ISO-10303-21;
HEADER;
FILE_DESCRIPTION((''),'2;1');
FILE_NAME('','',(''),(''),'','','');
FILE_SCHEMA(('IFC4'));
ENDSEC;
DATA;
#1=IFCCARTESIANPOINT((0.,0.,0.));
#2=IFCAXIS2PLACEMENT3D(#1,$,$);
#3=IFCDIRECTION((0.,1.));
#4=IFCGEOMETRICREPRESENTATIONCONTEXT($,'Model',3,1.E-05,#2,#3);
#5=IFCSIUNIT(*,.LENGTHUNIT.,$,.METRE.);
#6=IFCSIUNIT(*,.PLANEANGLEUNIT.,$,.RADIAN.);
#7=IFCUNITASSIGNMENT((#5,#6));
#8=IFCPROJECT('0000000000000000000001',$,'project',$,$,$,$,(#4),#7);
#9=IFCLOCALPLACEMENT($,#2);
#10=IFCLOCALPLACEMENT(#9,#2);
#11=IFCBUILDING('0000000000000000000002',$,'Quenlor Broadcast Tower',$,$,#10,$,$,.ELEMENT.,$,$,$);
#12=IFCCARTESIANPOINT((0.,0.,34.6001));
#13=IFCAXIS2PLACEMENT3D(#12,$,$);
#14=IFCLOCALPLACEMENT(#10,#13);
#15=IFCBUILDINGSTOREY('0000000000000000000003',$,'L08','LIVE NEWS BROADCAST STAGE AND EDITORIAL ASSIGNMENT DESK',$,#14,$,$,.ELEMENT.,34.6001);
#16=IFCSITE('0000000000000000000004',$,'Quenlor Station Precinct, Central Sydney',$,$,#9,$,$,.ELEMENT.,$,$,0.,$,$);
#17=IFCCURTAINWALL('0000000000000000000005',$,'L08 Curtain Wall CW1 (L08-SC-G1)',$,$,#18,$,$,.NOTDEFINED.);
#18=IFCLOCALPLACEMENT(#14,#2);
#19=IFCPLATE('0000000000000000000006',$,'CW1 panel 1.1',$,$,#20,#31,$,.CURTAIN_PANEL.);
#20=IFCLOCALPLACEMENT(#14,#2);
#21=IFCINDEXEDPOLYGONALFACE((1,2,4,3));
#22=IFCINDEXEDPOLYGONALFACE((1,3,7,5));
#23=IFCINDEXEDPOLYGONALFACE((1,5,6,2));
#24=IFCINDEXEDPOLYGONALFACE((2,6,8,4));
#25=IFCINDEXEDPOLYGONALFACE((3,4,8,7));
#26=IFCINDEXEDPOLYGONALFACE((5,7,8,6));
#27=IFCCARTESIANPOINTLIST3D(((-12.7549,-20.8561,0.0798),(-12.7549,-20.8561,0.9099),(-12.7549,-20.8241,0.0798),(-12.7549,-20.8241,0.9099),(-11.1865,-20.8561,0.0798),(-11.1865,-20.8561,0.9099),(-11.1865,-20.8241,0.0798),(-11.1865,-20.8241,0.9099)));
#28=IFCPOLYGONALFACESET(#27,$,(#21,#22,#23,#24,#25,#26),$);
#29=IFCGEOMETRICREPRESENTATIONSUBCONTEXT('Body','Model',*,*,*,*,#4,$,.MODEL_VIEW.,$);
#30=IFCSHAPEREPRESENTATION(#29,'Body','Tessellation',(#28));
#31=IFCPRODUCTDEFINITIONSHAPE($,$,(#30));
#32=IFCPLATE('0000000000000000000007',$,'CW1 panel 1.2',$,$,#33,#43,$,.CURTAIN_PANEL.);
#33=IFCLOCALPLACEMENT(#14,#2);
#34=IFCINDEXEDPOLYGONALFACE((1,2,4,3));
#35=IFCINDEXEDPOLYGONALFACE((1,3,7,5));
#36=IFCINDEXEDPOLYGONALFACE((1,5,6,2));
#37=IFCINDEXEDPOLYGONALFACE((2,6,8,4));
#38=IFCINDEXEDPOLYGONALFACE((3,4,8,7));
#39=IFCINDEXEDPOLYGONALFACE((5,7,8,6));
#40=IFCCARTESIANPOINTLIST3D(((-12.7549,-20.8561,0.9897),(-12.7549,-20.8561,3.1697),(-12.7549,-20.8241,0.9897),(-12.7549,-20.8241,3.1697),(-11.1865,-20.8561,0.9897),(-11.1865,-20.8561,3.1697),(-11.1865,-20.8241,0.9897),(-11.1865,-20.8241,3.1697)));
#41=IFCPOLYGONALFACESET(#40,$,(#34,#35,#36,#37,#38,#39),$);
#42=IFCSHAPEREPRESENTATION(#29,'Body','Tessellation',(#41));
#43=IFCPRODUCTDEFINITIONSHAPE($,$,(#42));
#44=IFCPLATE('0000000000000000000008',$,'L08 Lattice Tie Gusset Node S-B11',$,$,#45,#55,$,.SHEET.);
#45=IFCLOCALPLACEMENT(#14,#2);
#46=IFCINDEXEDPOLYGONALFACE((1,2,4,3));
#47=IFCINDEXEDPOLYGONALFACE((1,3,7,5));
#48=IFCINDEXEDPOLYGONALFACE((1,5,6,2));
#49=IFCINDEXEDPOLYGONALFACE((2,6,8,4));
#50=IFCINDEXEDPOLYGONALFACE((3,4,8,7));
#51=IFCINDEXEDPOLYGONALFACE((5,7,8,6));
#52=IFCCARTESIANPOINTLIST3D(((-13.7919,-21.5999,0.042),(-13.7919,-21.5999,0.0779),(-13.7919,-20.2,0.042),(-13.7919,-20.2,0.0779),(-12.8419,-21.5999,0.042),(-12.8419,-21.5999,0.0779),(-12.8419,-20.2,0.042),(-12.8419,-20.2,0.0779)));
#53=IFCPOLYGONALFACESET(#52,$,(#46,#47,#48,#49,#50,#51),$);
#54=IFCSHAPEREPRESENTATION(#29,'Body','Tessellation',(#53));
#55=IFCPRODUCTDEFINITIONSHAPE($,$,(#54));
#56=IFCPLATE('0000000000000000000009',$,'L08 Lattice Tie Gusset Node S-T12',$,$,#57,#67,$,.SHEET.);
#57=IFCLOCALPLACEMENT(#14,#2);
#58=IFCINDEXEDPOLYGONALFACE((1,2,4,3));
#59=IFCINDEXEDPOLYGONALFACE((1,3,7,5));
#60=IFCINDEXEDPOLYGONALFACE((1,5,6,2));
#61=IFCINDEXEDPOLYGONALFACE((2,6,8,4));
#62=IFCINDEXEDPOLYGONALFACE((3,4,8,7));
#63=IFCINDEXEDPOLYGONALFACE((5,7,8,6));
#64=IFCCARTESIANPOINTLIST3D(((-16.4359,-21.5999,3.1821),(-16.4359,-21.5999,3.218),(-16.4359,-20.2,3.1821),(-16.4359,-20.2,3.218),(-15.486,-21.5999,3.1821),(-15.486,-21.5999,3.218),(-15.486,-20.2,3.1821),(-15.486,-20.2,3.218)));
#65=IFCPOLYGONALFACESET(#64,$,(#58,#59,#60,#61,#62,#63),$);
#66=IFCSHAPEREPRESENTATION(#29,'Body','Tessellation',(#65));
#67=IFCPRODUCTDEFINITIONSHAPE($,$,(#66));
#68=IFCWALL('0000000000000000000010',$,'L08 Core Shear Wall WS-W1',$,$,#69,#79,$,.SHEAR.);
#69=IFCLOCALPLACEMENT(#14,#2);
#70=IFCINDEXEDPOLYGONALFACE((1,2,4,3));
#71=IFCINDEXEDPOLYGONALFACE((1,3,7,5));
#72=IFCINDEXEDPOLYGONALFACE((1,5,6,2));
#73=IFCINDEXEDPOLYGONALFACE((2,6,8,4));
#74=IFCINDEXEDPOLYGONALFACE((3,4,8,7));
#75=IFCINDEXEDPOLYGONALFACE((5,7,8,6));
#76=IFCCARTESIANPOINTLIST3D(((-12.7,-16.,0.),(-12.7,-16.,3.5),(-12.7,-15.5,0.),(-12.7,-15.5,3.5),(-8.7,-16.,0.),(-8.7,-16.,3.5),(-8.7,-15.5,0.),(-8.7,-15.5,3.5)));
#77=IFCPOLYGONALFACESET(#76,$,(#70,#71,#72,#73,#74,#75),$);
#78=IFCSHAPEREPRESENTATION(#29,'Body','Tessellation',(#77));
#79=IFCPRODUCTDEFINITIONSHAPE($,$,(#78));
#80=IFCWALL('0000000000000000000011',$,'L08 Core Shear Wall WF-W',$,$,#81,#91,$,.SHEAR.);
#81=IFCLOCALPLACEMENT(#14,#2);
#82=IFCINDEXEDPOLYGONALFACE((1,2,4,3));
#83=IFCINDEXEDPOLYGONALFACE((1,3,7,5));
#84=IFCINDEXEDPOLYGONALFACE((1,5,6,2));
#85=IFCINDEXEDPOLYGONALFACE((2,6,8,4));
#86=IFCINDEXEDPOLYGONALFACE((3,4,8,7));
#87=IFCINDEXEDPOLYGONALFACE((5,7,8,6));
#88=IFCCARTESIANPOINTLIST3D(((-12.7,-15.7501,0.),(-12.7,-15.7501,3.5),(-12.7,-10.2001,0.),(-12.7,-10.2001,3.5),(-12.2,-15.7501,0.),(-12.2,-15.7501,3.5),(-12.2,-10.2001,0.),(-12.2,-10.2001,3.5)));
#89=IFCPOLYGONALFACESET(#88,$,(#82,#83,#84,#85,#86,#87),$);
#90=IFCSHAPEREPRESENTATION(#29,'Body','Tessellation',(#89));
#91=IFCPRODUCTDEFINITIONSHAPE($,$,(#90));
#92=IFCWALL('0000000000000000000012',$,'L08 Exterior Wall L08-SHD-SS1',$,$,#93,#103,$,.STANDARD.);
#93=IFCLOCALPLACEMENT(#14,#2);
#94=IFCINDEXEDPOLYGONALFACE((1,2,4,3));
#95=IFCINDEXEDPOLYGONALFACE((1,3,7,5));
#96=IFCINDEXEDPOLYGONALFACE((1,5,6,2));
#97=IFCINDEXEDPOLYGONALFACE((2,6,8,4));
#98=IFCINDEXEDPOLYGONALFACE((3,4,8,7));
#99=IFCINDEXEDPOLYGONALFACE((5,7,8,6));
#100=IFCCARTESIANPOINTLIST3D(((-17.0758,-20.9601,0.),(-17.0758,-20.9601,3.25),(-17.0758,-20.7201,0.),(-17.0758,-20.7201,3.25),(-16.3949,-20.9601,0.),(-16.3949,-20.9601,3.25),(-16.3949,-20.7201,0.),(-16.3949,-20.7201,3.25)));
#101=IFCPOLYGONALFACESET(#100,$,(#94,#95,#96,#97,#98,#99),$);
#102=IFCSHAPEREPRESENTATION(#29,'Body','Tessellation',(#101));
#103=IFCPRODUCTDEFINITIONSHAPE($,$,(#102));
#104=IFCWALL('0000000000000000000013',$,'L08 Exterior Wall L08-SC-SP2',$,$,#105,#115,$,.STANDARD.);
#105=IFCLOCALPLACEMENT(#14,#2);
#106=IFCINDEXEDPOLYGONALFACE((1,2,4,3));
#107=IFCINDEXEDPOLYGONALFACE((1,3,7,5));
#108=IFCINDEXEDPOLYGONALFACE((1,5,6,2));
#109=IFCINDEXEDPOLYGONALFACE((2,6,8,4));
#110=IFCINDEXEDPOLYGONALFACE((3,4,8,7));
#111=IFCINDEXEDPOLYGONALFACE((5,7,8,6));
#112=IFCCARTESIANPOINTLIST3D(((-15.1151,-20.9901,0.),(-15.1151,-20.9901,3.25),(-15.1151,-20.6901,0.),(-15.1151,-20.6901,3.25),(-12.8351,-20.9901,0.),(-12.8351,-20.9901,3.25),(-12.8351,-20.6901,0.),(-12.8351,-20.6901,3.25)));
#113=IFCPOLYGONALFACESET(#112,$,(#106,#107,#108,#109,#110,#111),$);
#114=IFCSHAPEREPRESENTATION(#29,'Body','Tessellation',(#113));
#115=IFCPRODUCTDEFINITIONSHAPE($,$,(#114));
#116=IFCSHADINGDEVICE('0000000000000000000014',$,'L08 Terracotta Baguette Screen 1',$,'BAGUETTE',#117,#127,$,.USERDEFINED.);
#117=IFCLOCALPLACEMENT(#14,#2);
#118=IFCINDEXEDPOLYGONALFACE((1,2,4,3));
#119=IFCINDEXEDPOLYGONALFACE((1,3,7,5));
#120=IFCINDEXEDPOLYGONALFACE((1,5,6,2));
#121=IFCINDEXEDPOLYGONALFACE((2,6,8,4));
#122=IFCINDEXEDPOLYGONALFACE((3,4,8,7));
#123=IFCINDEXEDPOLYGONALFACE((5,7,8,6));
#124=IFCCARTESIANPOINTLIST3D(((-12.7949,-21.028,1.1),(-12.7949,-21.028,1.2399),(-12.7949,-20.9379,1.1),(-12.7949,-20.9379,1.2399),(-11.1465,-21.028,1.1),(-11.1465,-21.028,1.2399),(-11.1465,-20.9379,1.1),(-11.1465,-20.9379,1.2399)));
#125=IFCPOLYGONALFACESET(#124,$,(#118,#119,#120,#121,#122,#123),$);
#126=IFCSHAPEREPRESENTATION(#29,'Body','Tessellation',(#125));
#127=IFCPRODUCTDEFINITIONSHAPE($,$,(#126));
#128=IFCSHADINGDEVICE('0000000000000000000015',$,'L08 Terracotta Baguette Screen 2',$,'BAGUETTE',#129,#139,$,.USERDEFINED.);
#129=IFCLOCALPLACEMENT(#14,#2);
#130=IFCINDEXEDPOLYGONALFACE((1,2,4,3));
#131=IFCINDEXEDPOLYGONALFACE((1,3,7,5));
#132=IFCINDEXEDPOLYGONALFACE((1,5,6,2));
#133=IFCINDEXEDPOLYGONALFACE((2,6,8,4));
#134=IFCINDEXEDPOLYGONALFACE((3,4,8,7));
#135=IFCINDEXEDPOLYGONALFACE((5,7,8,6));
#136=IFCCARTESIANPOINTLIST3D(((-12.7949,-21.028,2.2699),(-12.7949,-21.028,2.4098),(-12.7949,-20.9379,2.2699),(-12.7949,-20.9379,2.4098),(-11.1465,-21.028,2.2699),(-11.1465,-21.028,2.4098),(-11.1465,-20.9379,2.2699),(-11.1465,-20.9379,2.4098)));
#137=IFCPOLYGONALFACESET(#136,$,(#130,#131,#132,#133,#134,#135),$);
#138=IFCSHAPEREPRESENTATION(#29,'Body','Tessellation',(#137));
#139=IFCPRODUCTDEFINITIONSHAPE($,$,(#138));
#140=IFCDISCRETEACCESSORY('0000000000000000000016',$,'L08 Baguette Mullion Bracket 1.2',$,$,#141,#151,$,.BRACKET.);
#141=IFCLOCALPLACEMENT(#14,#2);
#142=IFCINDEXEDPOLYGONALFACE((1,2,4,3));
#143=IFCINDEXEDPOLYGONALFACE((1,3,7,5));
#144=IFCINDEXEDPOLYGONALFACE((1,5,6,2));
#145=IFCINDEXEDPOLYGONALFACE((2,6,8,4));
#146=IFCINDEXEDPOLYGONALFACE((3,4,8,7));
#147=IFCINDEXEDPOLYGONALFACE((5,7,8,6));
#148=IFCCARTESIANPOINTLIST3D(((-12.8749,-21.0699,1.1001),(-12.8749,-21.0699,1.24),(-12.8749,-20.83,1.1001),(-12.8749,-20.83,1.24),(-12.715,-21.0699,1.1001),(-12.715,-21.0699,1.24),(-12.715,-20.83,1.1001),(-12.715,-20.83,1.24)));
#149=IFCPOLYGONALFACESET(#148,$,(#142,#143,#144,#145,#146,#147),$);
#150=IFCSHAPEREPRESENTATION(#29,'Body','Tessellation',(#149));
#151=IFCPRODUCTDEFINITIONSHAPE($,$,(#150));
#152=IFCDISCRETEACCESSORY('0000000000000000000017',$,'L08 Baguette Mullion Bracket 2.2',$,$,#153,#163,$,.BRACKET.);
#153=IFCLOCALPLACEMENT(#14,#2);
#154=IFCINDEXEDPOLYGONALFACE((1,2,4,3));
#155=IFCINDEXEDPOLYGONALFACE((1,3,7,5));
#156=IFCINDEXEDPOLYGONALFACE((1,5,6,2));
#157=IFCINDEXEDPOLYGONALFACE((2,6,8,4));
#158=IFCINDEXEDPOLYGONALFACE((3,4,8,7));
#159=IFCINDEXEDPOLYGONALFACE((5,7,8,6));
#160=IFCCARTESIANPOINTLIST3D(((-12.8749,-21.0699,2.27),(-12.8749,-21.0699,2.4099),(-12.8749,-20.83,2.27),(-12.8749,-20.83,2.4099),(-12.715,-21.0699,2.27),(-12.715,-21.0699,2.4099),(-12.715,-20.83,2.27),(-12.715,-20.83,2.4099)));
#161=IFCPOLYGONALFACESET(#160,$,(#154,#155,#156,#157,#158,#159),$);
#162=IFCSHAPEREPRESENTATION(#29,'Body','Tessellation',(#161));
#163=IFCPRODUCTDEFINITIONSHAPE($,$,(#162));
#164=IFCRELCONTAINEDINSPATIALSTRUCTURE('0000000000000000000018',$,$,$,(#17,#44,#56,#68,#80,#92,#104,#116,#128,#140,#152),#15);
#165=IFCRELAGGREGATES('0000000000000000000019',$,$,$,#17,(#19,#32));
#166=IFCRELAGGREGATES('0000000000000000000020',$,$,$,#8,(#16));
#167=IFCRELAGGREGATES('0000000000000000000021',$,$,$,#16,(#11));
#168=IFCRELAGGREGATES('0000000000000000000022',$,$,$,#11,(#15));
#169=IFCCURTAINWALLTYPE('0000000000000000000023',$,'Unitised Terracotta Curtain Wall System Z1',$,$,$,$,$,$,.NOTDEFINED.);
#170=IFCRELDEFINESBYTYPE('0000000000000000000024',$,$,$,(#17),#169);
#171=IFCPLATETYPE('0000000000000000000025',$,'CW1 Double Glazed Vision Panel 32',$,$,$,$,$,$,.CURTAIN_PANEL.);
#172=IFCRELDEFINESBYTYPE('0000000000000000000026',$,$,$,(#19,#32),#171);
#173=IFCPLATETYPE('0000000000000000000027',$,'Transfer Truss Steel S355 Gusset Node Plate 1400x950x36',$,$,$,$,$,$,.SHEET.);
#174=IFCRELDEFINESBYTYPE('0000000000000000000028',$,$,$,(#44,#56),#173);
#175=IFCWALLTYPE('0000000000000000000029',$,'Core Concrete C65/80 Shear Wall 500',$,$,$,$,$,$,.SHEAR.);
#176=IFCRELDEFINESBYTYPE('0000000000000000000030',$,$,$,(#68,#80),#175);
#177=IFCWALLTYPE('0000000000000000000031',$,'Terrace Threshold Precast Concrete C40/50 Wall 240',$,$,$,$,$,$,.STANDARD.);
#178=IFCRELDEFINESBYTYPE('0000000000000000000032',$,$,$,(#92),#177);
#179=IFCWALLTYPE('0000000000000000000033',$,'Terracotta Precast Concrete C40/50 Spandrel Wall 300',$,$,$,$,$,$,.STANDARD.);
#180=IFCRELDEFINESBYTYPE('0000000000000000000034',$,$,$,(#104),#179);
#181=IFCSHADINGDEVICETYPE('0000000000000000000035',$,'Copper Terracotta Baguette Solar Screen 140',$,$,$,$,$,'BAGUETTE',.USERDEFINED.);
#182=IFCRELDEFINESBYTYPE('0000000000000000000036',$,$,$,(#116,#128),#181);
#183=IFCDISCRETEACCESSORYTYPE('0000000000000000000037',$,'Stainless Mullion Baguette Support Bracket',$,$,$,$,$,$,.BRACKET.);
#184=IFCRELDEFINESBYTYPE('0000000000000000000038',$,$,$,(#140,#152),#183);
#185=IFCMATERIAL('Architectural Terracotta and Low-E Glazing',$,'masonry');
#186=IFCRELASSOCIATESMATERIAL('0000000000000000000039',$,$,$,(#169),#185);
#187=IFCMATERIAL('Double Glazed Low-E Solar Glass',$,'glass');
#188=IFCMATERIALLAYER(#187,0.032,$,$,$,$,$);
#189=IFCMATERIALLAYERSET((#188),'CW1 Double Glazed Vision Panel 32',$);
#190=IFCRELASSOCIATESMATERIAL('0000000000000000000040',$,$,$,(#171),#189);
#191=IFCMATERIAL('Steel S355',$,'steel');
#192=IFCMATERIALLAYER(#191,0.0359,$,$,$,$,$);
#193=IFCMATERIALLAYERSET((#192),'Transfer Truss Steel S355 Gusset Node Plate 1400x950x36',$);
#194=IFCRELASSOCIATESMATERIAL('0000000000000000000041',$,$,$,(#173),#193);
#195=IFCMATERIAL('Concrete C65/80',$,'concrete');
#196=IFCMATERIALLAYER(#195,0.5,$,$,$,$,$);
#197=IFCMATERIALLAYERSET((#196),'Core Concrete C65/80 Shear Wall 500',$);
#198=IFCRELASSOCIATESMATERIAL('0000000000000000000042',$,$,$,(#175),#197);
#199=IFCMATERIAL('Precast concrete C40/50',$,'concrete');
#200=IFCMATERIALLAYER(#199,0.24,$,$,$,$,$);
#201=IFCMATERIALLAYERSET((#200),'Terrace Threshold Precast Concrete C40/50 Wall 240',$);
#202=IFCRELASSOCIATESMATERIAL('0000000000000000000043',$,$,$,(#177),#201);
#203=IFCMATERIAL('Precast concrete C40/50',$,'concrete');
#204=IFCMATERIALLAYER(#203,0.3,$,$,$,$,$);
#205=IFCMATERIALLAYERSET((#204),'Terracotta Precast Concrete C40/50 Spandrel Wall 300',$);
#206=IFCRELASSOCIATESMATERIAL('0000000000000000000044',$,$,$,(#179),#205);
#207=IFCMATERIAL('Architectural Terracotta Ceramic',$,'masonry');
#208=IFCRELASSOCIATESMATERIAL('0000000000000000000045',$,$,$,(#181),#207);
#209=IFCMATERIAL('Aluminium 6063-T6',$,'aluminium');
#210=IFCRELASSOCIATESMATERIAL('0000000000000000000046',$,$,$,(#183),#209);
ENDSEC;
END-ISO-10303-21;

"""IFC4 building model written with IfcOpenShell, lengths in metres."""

from ifc_helpers import new_model, si_unit, direction, frame, frame_2d, origin, origin_2d, place, context, subcontext, project, spatial, rectangle, extrude, material, layer, layer_set, material_profile, profile_set, type_object, element, aggregate, save


model = new_model("IFC4")

# Units and contexts
model_context = context("Model", 3, precision=1e-05, world=origin(), true_north=direction((0.0, 1.0)))
body_context = subcontext(model_context, "Body", "Model", "MODEL_VIEW")
ifc_project = project(units=[si_unit("LENGTHUNIT", "METRE"), si_unit("PLANEANGLEUNIT", "RADIAN")], contexts=[model_context])

# Site, building, storey
site_placement = place(None, origin())
site = spatial("IfcSite", under=ifc_project, at=site_placement, Name="Quenlor Station Precinct, Central Sydney", CompositionType="ELEMENT", RefElevation=0.0)
building_placement = place(site_placement, origin())
building = spatial("IfcBuilding", under=site, at=building_placement, Name="Quenlor Broadcast Tower", CompositionType="ELEMENT")
storey_placement = place(building_placement, frame((0.0, 0.0, 34.6001)))
storey = spatial("IfcBuildingStorey", under=building, at=storey_placement, Name="L08", Description="LIVE NEWS BROADCAST STAGE AND EDITORIAL ASSIGNMENT DESK", CompositionType="ELEMENT", Elevation=34.6001)

# Curtain wall
ifc_material_1 = material(Name="Architectural Terracotta and Low-E Glazing", Category="masonry")
curtain_wall_type = type_object("IfcCurtainWallType", Name="Unitised Terracotta Curtain Wall System Z1", PredefinedType="NOTDEFINED", material=ifc_material_1)
curtain_wall_placement = place(storey_placement, origin())
curtain_wall = element("IfcCurtainWall", 1, at=curtain_wall_placement, inside=storey, type_object=curtain_wall_type, Name="L08 Curtain Wall CW1 (L08-SC-G1)", PredefinedType="NOTDEFINED")

# Plates
ifc_material_2 = material(Name="Double Glazed Low-E Solar Glass", Category="glass")
ifc_layer_1 = layer(ifc_material_2, 0.032)
ifc_layer_set_1 = layer_set([ifc_layer_1], Name="CW1 Double Glazed Vision Panel 32")
plate_type_1 = type_object("IfcPlateType", Name="CW1 Double Glazed Vision Panel 32", PredefinedType="CURTAIN_PANEL", material=ifc_layer_set_1)
plate_1_placement = place(storey_placement, frame((-11.9707, -20.8401, 0.0798), z_axis=(0.0, 0.0, 1.0), x_axis=(-1.0, 0.0, 0.0)))
plate_1 = element("IfcPlate", 2, at=plate_1_placement, type_object=plate_type_1, Name="CW1 panel 1.1", PredefinedType="CURTAIN_PANEL", context=body_context, shape_type="SweptSolid", body=[
    extrude(rectangle(XDim=1.5684, YDim=0.032, at=origin_2d()), origin(), (0.0, 0.0, 1.0), 0.8301),
])
plate_2_placement = place(storey_placement, frame((-11.9707, -20.8401, 0.9897), z_axis=(0.0, 0.0, 1.0), x_axis=(-1.0, 0.0, 0.0)))
plate_2 = element("IfcPlate", 3, at=plate_2_placement, type_object=plate_type_1, Name="CW1 panel 1.2", PredefinedType="CURTAIN_PANEL", context=body_context, shape_type="SweptSolid", body=[
    extrude(rectangle(XDim=1.5684, YDim=0.032, at=origin_2d()), origin(), (0.0, 0.0, 1.0), 2.1799),
])
aggregate(curtain_wall, [plate_1, plate_2])

# Plates
ifc_material_3 = material(Name="Steel S355", Category="steel")
ifc_layer_2 = layer(ifc_material_3, 0.0359)
ifc_layer_set_2 = layer_set([ifc_layer_2], Name="Transfer Truss Steel S355 Gusset Node Plate 1400x950x36")
plate_type_2 = type_object("IfcPlateType", Name="Transfer Truss Steel S355 Gusset Node Plate 1400x950x36", PredefinedType="SHEET", material=ifc_layer_set_2)
for number, where, z_axis, x_axis, name in (
    (4, (-13.3169, -20.8999, 0.042), (0.0, 0.0, 1.0), (0.0, -1.0, 0.0), "L08 Lattice Tie Gusset Node S-B11"),
    (5, (-15.9609, -20.8999, 3.1821), (0.0, 0.0, 1.0), (0.0, -1.0, 0.0), "L08 Lattice Tie Gusset Node S-T12"),
):
    element("IfcPlate", number, at=place(storey_placement, frame(where, z_axis=z_axis, x_axis=x_axis)), inside=storey, type_object=plate_type_2, Name=name, PredefinedType="SHEET", context=body_context, shape_type="SweptSolid", body=[
        extrude(rectangle(XDim=1.3999, YDim=0.95, at=origin_2d()), origin(), (0.0, 0.0, 1.0), 0.0359),
    ])

# Walls
ifc_material_4 = material(Name="Concrete C65/80", Category="concrete")
ifc_layer_3 = layer(ifc_material_4, 0.5)
ifc_layer_set_3 = layer_set([ifc_layer_3], Name="Core Concrete C65/80 Shear Wall 500")
wall_type_1 = type_object("IfcWallType", Name="Core Concrete C65/80 Shear Wall 500", PredefinedType="SHEAR", material=ifc_layer_set_3)
wall_1_placement = place(storey_placement, frame((-12.7, -15.75, 0.0), z_axis=(0.0, 0.0, 1.0), x_axis=(1.0, 0.0, 0.0)))
element("IfcWall", 6, at=wall_1_placement, inside=storey, type_object=wall_type_1, Name="L08 Core Shear Wall WS-W1", PredefinedType="SHEAR", context=body_context, shape_type="SweptSolid", body=[
    extrude(rectangle(XDim=4.0, YDim=0.5, at=frame_2d((2.0, 0.0))), origin(), (0.0, 0.0, 1.0), 3.5),
])
wall_2_placement = place(storey_placement, frame((-12.45, -15.75, 0.0), z_axis=(0.0, 0.0, 1.0), x_axis=(0.0, 1.0, 0.0)))
element("IfcWall", 7, at=wall_2_placement, inside=storey, type_object=wall_type_1, Name="L08 Core Shear Wall WF-W", PredefinedType="SHEAR", context=body_context, shape_type="SweptSolid", body=[
    extrude(rectangle(XDim=5.55, YDim=0.5, at=frame_2d((2.7749, 0.0))), origin(), (0.0, 0.0, 1.0), 3.5),
])
ifc_material_5 = material(Name="Precast concrete C40/50", Category="concrete")
ifc_layer_4 = layer(ifc_material_5, 0.24)
ifc_layer_set_4 = layer_set([ifc_layer_4], Name="Terrace Threshold Precast Concrete C40/50 Wall 240")
wall_type_2 = type_object("IfcWallType", Name="Terrace Threshold Precast Concrete C40/50 Wall 240", PredefinedType="STANDARD", material=ifc_layer_set_4)
wall_3_placement = place(storey_placement, frame((-16.395, -20.8401, 0.0), z_axis=(0.0, 0.0, 1.0), x_axis=(-1.0, 0.0, 0.0)))
element("IfcWall", 8, at=wall_3_placement, inside=storey, type_object=wall_type_2, Name="L08 Exterior Wall L08-SHD-SS1", PredefinedType="STANDARD", context=body_context, shape_type="SweptSolid", body=[
    extrude(rectangle(XDim=0.6809, YDim=0.24, at=frame_2d((0.3403, 0.0))), origin(), (0.0, 0.0, 1.0), 3.25),
])
ifc_material_6 = material(Name="Precast concrete C40/50", Category="concrete")
ifc_layer_5 = layer(ifc_material_6, 0.3)
ifc_layer_set_5 = layer_set([ifc_layer_5], Name="Terracotta Precast Concrete C40/50 Spandrel Wall 300")
wall_type_3 = type_object("IfcWallType", Name="Terracotta Precast Concrete C40/50 Spandrel Wall 300", PredefinedType="STANDARD", material=ifc_layer_set_5)
wall_4_placement = place(storey_placement, frame((-12.835, -20.8401, 0.0), z_axis=(0.0, 0.0, 1.0), x_axis=(-1.0, 0.0, 0.0)))
element("IfcWall", 9, at=wall_4_placement, inside=storey, type_object=wall_type_3, Name="L08 Exterior Wall L08-SC-SP2", PredefinedType="STANDARD", context=body_context, shape_type="SweptSolid", body=[
    extrude(rectangle(XDim=2.28, YDim=0.3, at=frame_2d((1.1401, 0.0))), origin(), (0.0, 0.0, 1.0), 3.25),
])

# Shading devices
ifc_material_7 = material(Name="Architectural Terracotta Ceramic", Category="masonry")
ifc_material_profile_1 = material_profile(ifc_material_7, rectangle(XDim=0.0901, YDim=0.1399, at=origin_2d()))
ifc_profile_set_1 = profile_set([ifc_material_profile_1], Name="Architectural Terracotta Ceramic BAG90x140")
shading_device_type = type_object("IfcShadingDeviceType", Name="Copper Terracotta Baguette Solar Screen 140", ElementType="BAGUETTE", PredefinedType="USERDEFINED", material=ifc_profile_set_1)
for number, where, z_axis, x_axis, name in (
    (10, (-11.1465, -20.9829, 1.1699), (-1.0, 0.0, 0.0), (0.0, -1.0, 0.0), "L08 Terracotta Baguette Screen 1"),
    (11, (-11.1465, -20.9829, 2.3398), (-1.0, 0.0, 0.0), (0.0, -1.0, 0.0), "L08 Terracotta Baguette Screen 2"),
):
    element("IfcShadingDevice", number, at=place(storey_placement, frame(where, z_axis=z_axis, x_axis=x_axis)), inside=storey, type_object=shading_device_type, Name=name, ObjectType="BAGUETTE", PredefinedType="USERDEFINED", context=body_context, shape_type="SweptSolid", body=[
        extrude(rectangle(XDim=0.0901, YDim=0.1399, at=origin_2d()), origin(), (0.0, 0.0, 1.0), 1.6484),
    ])

# Discrete accessories
ifc_material_8 = material(Name="Aluminium 6063-T6", Category="aluminium")
discrete_accessory_type = type_object("IfcDiscreteAccessoryType", Name="Stainless Mullion Baguette Support Bracket", PredefinedType="BRACKET", material=ifc_material_8)
for number, where, z_axis, x_axis, name in (
    (12, (-12.7949, -20.95, 1.1001), (0.0, 0.0, 1.0), (-1.0, 0.0, 0.0), "L08 Baguette Mullion Bracket 1.2"),
    (13, (-12.7949, -20.95, 2.27), (0.0, 0.0, 1.0), (-1.0, 0.0, 0.0), "L08 Baguette Mullion Bracket 2.2"),
):
    element("IfcDiscreteAccessory", number, at=place(storey_placement, frame(where, z_axis=z_axis, x_axis=x_axis)), inside=storey, type_object=discrete_accessory_type, Name=name, PredefinedType="BRACKET", context=body_context, shape_type="SweptSolid", body=[
        extrude(rectangle(XDim=0.1599, YDim=0.24, at=origin_2d()), origin(), (0.0, 0.0, 1.0), 0.1399),
    ])

save(model, "model.ifc")
